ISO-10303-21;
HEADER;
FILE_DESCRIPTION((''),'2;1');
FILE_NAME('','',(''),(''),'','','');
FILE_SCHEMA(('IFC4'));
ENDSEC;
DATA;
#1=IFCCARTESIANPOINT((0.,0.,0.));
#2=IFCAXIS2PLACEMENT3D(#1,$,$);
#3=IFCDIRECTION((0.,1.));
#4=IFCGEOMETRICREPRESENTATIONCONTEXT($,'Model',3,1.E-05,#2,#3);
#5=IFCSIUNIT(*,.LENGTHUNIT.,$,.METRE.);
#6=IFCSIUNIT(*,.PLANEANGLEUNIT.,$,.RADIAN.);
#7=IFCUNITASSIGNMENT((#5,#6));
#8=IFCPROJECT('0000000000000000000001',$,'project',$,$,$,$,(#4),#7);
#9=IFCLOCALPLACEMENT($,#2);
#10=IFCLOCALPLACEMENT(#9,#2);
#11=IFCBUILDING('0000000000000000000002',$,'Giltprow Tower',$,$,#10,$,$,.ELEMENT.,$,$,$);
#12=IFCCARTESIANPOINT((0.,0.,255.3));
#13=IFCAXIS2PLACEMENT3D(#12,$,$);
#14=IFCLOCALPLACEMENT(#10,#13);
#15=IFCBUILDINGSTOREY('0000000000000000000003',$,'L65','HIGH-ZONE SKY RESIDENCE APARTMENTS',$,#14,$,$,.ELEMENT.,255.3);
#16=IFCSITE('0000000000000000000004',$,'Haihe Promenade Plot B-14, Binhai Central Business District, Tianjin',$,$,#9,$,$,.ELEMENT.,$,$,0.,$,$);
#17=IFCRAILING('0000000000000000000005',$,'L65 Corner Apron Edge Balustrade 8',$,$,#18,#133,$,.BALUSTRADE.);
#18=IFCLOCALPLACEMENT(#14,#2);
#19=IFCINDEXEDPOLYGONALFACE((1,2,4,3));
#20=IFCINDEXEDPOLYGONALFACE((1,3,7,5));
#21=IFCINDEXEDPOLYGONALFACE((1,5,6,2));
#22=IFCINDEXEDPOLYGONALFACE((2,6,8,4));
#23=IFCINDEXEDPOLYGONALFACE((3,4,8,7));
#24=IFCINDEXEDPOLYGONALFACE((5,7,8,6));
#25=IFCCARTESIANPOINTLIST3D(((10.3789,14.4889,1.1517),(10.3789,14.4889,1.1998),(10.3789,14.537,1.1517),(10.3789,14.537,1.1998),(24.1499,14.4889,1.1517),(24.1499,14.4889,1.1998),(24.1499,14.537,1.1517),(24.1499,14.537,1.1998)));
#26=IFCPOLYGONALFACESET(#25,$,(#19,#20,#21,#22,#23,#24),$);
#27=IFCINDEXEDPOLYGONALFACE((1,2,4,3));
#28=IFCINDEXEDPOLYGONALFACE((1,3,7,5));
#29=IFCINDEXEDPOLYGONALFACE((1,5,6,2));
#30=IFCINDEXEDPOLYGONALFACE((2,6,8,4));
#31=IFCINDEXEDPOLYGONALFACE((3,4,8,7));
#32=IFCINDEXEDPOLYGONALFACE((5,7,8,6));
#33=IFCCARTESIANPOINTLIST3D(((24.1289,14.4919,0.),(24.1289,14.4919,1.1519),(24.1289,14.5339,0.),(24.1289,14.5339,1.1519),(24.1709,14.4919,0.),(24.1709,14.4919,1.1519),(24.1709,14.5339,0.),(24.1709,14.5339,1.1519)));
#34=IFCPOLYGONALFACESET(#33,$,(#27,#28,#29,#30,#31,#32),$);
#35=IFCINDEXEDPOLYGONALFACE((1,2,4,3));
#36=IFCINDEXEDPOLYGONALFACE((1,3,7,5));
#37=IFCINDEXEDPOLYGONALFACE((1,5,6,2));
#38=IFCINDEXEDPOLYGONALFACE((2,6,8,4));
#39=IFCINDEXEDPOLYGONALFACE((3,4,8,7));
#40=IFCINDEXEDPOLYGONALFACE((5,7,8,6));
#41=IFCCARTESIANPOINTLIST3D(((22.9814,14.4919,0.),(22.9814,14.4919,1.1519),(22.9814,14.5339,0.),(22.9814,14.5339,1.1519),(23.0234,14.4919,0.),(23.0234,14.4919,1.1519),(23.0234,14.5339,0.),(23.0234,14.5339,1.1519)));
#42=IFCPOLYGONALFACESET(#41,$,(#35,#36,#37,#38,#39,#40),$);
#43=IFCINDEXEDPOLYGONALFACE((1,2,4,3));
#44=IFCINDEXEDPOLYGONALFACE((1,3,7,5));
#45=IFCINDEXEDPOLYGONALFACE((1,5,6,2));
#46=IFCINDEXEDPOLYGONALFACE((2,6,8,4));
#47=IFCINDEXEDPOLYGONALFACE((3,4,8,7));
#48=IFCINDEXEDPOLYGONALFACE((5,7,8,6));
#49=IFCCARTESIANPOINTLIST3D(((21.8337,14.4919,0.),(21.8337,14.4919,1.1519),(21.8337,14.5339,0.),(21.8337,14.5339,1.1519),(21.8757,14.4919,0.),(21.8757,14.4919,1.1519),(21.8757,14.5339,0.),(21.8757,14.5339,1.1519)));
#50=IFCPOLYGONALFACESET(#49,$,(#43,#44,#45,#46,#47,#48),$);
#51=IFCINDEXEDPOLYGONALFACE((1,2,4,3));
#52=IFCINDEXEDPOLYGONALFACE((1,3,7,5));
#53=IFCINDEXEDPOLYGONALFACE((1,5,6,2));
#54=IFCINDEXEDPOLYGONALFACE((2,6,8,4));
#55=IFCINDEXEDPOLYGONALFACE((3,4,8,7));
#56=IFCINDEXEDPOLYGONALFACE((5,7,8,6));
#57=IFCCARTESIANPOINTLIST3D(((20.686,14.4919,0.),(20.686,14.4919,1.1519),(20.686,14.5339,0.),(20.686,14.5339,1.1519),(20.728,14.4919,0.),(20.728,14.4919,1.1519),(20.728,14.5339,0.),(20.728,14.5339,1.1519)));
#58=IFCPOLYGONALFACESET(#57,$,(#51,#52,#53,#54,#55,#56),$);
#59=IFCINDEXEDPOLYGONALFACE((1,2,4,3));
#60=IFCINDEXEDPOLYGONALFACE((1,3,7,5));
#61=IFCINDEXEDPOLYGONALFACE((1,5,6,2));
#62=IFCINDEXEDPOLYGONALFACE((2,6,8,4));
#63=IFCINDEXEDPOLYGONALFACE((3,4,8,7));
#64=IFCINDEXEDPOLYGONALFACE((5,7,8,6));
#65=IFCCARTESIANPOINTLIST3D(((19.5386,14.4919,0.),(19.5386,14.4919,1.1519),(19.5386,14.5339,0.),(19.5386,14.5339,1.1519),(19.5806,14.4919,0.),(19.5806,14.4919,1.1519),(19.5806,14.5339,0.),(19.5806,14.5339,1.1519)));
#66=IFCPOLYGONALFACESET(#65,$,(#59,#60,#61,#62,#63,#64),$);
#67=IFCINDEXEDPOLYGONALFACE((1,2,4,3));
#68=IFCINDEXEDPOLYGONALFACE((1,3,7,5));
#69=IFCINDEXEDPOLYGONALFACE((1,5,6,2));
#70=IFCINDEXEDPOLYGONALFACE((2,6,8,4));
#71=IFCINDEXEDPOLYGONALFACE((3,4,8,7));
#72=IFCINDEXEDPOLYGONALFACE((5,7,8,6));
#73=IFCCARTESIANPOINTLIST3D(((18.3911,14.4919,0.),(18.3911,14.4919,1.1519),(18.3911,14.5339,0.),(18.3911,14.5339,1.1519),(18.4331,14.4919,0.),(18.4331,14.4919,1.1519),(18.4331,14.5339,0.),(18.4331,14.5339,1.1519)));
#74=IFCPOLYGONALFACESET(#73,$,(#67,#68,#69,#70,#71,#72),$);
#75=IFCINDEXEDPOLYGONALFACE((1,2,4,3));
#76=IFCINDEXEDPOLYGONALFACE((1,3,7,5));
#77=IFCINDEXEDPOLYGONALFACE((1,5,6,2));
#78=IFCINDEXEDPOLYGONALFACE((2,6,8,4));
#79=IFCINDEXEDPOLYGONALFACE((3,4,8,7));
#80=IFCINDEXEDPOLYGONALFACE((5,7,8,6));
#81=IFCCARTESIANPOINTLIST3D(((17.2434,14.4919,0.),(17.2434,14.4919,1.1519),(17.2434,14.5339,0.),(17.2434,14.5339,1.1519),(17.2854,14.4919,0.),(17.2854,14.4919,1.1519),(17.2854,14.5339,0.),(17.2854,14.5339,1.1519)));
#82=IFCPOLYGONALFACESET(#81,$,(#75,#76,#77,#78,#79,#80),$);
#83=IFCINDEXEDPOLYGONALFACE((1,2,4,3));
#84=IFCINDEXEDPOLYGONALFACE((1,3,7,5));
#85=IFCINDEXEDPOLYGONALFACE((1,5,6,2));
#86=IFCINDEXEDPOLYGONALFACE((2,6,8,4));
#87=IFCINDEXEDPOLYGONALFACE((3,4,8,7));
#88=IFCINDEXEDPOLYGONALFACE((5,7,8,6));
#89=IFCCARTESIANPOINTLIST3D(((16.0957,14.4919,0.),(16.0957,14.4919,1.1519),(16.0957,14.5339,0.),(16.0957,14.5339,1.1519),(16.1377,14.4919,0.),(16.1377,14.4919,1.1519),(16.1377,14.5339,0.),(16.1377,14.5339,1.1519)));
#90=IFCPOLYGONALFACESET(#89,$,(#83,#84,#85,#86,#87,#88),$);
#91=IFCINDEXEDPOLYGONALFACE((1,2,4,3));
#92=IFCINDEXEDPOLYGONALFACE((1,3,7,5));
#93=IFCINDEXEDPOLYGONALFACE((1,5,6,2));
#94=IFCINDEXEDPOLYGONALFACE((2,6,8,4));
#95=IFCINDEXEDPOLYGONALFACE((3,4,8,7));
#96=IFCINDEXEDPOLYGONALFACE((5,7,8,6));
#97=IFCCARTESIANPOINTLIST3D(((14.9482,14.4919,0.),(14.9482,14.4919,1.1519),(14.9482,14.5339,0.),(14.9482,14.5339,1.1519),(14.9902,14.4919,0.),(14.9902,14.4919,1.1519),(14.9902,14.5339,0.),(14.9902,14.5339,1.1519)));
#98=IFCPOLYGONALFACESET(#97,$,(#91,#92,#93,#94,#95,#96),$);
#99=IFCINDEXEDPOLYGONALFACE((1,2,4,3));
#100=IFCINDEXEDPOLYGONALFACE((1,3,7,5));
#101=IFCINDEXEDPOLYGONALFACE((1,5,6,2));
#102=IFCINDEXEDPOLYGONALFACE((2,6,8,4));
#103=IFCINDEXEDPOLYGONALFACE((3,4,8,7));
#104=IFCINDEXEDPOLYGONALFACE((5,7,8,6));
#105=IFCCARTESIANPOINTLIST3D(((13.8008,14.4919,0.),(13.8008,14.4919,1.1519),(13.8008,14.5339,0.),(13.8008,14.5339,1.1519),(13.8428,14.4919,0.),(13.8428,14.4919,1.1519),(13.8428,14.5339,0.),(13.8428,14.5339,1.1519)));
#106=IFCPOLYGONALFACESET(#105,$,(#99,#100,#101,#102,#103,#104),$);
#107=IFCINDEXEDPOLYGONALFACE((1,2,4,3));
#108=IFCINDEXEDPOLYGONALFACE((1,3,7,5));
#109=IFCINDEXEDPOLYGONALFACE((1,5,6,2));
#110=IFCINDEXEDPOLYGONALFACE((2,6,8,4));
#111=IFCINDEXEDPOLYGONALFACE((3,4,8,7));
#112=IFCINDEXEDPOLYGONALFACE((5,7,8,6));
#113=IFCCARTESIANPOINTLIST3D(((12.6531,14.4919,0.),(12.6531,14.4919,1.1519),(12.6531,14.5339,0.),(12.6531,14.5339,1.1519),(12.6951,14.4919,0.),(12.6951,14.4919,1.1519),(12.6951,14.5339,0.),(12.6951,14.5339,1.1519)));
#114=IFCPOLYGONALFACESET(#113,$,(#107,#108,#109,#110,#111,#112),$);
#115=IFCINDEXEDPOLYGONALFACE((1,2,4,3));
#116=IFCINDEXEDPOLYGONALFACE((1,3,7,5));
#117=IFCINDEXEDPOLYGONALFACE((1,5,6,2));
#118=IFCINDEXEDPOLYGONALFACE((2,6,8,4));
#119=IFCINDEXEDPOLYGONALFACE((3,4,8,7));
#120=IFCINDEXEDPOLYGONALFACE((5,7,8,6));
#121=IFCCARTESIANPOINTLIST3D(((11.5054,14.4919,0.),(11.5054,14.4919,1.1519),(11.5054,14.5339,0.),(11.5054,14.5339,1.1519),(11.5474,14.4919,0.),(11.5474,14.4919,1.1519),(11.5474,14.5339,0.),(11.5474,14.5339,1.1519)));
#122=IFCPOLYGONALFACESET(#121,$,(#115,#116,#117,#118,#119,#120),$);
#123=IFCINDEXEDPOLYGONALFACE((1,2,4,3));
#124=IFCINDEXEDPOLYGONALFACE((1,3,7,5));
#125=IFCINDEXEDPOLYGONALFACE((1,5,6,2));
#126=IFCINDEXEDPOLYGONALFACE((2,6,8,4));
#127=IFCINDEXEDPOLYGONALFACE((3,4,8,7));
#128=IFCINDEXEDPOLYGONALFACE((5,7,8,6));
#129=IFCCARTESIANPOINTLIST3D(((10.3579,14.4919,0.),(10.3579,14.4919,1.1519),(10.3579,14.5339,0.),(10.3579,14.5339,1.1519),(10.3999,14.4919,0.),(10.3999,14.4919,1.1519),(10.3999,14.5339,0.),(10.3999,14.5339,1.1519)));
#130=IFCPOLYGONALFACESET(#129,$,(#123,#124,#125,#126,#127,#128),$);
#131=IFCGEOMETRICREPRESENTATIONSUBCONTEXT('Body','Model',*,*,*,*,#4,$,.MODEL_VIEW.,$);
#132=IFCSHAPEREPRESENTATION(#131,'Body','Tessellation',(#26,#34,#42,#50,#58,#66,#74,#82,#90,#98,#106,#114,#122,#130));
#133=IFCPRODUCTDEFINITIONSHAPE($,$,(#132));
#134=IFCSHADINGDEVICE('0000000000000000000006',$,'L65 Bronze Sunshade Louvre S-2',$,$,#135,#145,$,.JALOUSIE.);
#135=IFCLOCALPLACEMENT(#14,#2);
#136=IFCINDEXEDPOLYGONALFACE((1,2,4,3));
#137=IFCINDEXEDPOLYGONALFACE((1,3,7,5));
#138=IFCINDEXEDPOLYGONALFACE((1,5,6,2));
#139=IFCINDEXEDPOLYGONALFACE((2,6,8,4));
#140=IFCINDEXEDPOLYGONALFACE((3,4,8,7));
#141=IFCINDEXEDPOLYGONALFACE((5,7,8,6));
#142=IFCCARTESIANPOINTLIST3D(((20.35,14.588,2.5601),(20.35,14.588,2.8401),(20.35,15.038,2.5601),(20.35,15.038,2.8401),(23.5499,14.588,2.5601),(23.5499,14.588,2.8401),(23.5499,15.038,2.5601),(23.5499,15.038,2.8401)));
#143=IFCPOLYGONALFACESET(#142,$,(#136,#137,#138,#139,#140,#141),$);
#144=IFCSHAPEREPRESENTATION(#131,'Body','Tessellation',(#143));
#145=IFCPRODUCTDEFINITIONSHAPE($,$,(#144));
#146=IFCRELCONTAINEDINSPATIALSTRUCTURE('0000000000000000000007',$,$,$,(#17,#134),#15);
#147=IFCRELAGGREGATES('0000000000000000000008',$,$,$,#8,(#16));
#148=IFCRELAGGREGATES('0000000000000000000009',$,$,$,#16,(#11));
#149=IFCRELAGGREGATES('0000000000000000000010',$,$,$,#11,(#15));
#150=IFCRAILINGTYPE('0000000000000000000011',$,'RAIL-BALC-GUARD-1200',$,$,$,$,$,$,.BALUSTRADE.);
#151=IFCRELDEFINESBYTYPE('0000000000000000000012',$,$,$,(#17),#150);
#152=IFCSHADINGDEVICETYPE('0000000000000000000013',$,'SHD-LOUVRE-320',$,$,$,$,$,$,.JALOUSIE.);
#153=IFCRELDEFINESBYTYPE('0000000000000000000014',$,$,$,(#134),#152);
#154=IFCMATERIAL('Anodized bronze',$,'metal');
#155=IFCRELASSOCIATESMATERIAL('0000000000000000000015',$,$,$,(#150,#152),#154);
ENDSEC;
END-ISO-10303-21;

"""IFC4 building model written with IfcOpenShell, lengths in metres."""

from ifc_helpers import new_model, si_unit, direction, frame, origin, origin_2d, place, context, subcontext, project, spatial, rectangle, extrude, source, transform, mapped, material, type_object, element, save


model = new_model("IFC4")

# Units and contexts
model_context = context("Model", 3, precision=1e-05, world=origin(), true_north=direction((0.0, 1.0)))
body_context = subcontext(model_context, "Body", "Model", "MODEL_VIEW")
ifc_project = project(units=[si_unit("LENGTHUNIT", "METRE"), si_unit("PLANEANGLEUNIT", "RADIAN")], contexts=[model_context])

# Site, building, storey
site_placement = place(None, origin())
site = spatial("IfcSite", under=ifc_project, at=site_placement, Name="Haihe Promenade Plot B-14, Binhai Central Business District, Tianjin", CompositionType="ELEMENT", RefElevation=0.0)
building_placement = place(site_placement, origin())
building = spatial("IfcBuilding", under=site, at=building_placement, Name="Giltprow Tower", CompositionType="ELEMENT")
storey_placement = place(building_placement, frame((0.0, 0.0, 255.3)))
storey = spatial("IfcBuildingStorey", under=building, at=storey_placement, Name="L65", Description="HIGH-ZONE SKY RESIDENCE APARTMENTS", CompositionType="ELEMENT", Elevation=255.3)

# Railing
ifc_material_1 = material(Name="Anodized bronze", Category="metal")
railing_type = type_object("IfcRailingType", Name="RAIL-BALC-GUARD-1200", PredefinedType="BALUSTRADE", material=ifc_material_1)
railing_1_placement = place(storey_placement, frame((24.1499, 14.5129, 0.0)))
element("IfcRailing", 1, at=railing_1_placement, inside=storey, type_object=railing_type, Name="L65 Corner Apron Edge Balustrade 8", PredefinedType="BALUSTRADE", context=body_context, shape_type="SweptSolid", body=[
    extrude(rectangle(XDim=0.0481, YDim=0.0481, at=origin_2d()), frame((0.0, 0.0, 1.1758), z_axis=(-1.0, 0.0, 0.0), x_axis=(0.0, -1.0, 0.0)), (0.0, 0.0, 1.0), 13.771),
    extrude(rectangle(XDim=0.042, YDim=0.042, at=origin_2d()), origin(), (0.0, 0.0, 1.0), 1.1519),
    extrude(rectangle(XDim=0.042, YDim=0.042, at=origin_2d()), frame((-1.1475, 0.0, 0.0)), (0.0, 0.0, 1.0), 1.1519),
    extrude(rectangle(XDim=0.042, YDim=0.042, at=origin_2d()), frame((-2.2952, 0.0, 0.0)), (0.0, 0.0, 1.0), 1.1519),
    extrude(rectangle(XDim=0.042, YDim=0.042, at=origin_2d()), frame((-3.4429, 0.0, 0.0)), (0.0, 0.0, 1.0), 1.1519),
    extrude(rectangle(XDim=0.042, YDim=0.042, at=origin_2d()), frame((-4.5903, 0.0, 0.0)), (0.0, 0.0, 1.0), 1.1519),
    extrude(rectangle(XDim=0.042, YDim=0.042, at=origin_2d()), frame((-5.7378, 0.0, 0.0)), (0.0, 0.0, 1.0), 1.1519),
    extrude(rectangle(XDim=0.042, YDim=0.042, at=origin_2d()), frame((-6.8855, 0.0, 0.0)), (0.0, 0.0, 1.0), 1.1519),
    extrude(rectangle(XDim=0.042, YDim=0.042, at=origin_2d()), frame((-8.0332, 0.0, 0.0)), (0.0, 0.0, 1.0), 1.1519),
    extrude(rectangle(XDim=0.042, YDim=0.042, at=origin_2d()), frame((-9.1807, 0.0, 0.0)), (0.0, 0.0, 1.0), 1.1519),
    extrude(rectangle(XDim=0.042, YDim=0.042, at=origin_2d()), frame((-10.3281, 0.0, 0.0)), (0.0, 0.0, 1.0), 1.1519),
    extrude(rectangle(XDim=0.042, YDim=0.042, at=origin_2d()), frame((-11.4758, 0.0, 0.0)), (0.0, 0.0, 1.0), 1.1519),
    extrude(rectangle(XDim=0.042, YDim=0.042, at=origin_2d()), frame((-12.6235, 0.0, 0.0)), (0.0, 0.0, 1.0), 1.1519),
    extrude(rectangle(XDim=0.042, YDim=0.042, at=origin_2d()), frame((-13.771, 0.0, 0.0)), (0.0, 0.0, 1.0), 1.1519),
])

# Shading device
shading_device_type = type_object("IfcShadingDeviceType", Name="SHD-LOUVRE-320", PredefinedType="JALOUSIE", material=ifc_material_1)
shared_shape_1 = source(origin(), body_context, "Body", "SweptSolid", [
    extrude(rectangle(XDim=3.2, YDim=0.45, at=origin_2d()), origin(), (0.0, 0.0, 1.0), 0.28),
])
shading_device_placement = place(storey_placement, frame((21.95, 14.813, 2.5601), z_axis=(0.0, 0.0, 1.0), x_axis=(1.0, 0.0, 0.0)))
element("IfcShadingDevice", 2, at=shading_device_placement, inside=storey, type_object=shading_device_type, Name="L65 Bronze Sunshade Louvre S-2", PredefinedType="JALOUSIE", context=body_context, shape_type="MappedRepresentation", body=[
    mapped(shared_shape_1, transform((0.0, 0.0, 0.0), x_axis=(1.0, 0.0, 0.0), y_axis=(0.0, 1.0, 0.0), z_axis=(0.0, 0.0, 1.0), scale=1.0)),
])

save(model, "model.ifc")
